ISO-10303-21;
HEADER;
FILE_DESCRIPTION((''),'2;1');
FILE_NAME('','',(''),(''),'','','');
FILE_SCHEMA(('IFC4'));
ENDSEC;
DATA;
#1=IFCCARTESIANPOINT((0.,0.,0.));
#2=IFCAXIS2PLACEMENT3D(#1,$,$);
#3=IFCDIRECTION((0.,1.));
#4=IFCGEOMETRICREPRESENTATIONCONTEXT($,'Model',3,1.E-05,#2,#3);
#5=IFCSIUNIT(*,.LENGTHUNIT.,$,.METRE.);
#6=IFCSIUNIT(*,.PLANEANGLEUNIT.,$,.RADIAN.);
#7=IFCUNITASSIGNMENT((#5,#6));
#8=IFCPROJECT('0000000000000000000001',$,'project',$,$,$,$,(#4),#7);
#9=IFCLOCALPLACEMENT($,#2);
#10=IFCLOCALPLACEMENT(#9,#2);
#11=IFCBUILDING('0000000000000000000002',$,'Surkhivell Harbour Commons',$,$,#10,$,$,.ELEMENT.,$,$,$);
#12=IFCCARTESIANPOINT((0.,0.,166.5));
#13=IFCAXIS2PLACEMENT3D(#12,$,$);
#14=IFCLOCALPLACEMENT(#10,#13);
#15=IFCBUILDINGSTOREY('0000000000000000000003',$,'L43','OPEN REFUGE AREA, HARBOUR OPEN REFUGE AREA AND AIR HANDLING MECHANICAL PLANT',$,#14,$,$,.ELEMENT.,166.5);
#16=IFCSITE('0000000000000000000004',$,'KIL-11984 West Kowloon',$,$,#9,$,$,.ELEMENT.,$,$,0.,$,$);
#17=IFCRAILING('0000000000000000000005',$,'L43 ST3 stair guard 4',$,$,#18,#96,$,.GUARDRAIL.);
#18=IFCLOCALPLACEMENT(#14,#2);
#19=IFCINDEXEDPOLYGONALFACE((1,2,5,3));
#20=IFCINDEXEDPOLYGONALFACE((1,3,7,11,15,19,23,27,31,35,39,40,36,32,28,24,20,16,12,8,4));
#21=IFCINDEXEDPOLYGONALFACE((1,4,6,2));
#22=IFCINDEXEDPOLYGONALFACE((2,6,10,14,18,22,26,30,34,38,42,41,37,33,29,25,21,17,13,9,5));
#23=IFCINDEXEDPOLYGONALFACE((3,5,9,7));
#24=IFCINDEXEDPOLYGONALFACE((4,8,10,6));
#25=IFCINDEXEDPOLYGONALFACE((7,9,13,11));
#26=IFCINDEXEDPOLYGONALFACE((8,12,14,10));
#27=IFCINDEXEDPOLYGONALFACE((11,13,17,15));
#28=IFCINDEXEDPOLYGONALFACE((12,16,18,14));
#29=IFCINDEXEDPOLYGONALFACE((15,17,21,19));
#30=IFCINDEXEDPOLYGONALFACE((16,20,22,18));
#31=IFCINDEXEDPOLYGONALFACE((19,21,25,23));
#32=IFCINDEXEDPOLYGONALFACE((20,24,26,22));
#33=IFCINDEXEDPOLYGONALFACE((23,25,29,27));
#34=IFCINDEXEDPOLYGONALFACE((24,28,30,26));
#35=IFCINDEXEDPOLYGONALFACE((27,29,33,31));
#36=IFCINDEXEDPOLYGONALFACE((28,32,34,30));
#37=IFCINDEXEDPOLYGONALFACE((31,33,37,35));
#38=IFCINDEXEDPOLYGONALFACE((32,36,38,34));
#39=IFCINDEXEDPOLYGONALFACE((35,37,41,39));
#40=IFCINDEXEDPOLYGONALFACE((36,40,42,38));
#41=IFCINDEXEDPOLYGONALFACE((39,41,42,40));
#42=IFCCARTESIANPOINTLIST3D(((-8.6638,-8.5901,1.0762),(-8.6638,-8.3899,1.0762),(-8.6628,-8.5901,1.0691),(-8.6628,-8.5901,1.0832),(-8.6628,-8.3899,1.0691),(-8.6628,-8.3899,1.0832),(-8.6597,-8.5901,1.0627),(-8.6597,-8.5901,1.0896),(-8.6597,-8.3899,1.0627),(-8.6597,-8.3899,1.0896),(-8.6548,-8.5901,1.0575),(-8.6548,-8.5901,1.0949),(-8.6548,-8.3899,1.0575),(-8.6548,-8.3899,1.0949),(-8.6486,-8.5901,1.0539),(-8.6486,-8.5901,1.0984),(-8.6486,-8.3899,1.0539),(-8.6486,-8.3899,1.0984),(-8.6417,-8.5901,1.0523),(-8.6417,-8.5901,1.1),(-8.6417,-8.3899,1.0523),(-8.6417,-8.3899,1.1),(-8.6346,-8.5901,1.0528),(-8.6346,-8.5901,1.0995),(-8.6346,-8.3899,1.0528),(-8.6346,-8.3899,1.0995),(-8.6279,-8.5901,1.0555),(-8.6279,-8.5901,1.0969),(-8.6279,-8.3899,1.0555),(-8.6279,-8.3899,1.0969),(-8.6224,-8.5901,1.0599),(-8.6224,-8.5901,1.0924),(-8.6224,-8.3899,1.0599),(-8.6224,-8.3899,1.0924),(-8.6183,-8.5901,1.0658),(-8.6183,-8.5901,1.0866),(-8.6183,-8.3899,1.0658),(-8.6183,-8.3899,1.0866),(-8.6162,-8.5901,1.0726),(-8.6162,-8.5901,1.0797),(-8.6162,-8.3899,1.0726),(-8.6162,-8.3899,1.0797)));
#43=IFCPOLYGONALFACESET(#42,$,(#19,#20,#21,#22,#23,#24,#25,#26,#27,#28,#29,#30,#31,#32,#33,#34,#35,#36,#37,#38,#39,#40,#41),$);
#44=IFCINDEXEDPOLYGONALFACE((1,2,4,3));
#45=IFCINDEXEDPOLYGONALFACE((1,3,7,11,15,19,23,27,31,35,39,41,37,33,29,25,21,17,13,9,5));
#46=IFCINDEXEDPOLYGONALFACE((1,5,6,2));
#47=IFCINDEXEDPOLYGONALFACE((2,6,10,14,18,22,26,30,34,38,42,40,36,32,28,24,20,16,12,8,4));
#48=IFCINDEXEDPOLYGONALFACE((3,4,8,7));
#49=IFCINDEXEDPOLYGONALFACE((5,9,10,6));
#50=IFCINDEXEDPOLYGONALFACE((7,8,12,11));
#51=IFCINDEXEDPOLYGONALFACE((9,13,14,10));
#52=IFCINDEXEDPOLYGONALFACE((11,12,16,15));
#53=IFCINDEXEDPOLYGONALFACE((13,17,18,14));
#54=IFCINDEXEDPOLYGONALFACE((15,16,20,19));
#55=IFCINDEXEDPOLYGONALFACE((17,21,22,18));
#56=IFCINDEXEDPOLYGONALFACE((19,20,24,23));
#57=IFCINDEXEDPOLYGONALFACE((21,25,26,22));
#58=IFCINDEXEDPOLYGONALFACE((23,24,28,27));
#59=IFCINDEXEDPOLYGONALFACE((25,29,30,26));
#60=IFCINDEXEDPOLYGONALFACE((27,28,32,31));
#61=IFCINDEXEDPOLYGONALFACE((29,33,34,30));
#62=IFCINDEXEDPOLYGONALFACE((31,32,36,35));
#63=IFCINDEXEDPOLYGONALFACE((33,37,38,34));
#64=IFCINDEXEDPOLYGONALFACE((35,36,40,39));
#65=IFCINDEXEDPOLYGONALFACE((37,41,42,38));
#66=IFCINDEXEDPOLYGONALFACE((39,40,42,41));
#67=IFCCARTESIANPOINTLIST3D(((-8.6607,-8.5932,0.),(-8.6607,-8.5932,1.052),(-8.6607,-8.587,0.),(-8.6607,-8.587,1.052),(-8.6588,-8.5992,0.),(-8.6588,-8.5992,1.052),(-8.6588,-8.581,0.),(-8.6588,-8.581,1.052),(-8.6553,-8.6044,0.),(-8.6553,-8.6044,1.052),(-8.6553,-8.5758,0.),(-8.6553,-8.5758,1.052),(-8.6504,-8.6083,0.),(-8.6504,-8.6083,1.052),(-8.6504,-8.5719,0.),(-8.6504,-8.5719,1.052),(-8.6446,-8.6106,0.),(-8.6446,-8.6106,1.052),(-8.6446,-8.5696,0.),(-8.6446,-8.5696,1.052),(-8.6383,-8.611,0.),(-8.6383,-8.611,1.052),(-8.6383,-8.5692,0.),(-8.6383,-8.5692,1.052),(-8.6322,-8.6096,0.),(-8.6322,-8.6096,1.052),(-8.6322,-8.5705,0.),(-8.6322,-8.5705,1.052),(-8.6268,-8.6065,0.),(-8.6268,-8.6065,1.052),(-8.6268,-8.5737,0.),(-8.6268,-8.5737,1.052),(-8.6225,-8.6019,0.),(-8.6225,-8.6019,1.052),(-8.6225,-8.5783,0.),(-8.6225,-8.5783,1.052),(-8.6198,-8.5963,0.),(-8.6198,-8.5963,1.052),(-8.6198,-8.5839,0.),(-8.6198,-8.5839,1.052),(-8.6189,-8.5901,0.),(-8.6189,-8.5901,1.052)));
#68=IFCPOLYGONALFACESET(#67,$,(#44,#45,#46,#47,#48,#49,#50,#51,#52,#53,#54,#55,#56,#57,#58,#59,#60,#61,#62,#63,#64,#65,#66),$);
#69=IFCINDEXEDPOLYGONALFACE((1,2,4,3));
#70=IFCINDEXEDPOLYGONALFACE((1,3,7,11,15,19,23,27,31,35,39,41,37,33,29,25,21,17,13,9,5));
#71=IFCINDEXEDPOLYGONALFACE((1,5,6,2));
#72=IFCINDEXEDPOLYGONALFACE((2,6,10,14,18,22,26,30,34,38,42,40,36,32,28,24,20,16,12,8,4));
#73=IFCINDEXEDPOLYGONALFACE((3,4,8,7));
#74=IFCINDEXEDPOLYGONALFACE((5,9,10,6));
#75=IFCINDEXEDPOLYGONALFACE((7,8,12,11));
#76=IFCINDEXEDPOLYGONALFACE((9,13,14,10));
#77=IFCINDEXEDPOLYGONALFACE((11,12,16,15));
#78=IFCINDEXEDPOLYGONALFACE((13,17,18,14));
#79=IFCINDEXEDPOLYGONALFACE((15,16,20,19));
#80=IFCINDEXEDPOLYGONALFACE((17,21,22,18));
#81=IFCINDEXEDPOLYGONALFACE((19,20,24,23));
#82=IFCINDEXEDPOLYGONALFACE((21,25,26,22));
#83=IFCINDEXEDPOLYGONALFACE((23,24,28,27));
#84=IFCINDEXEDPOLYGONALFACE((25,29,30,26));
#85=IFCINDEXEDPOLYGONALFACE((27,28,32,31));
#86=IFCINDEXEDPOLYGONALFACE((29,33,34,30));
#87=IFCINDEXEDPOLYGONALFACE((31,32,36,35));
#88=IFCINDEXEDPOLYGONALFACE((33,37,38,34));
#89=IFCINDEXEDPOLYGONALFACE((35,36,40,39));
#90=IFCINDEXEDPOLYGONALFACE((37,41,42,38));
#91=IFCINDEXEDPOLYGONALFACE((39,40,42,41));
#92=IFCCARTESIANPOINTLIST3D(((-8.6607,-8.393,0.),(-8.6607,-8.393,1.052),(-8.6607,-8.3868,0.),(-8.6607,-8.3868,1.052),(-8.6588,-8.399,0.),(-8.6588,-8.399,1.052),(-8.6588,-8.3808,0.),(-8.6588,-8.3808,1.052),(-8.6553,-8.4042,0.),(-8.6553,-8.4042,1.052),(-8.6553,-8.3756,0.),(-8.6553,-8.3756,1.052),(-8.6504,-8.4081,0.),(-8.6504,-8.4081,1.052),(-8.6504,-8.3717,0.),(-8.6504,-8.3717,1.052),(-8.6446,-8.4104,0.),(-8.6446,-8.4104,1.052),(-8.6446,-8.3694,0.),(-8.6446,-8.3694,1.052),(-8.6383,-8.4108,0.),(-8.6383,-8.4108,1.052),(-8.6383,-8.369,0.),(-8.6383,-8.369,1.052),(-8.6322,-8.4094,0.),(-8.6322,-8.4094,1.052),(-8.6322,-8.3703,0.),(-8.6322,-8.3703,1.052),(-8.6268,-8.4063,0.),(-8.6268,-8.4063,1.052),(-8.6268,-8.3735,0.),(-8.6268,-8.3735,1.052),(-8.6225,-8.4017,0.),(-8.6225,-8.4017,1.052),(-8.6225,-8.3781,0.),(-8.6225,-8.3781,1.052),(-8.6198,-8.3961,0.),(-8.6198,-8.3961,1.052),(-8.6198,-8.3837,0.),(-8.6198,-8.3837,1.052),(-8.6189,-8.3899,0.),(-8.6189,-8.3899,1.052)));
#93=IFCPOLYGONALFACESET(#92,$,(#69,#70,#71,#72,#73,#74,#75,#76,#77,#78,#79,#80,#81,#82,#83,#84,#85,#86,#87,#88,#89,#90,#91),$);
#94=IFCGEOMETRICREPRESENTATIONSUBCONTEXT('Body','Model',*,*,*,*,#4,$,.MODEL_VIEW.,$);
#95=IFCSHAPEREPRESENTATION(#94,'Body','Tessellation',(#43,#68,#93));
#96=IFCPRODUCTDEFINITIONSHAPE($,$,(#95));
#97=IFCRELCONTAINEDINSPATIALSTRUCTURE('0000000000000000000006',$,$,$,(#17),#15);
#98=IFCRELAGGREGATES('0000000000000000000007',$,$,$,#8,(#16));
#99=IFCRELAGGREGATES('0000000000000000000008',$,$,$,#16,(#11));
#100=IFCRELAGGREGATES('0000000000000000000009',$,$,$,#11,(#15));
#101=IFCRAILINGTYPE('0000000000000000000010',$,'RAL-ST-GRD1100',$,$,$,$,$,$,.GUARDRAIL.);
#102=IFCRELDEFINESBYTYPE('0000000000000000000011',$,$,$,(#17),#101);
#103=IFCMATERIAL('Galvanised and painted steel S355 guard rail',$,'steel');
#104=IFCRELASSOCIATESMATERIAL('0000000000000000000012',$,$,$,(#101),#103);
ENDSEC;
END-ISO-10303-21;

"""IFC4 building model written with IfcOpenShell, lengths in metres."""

from ifc_helpers import new_model, si_unit, direction, frame, origin, origin_2d, place, context, subcontext, project, spatial, circle, extrude, material, type_object, element, save


model = new_model("IFC4")

# Units and contexts
model_context = context("Model", 3, precision=1e-05, world=origin(), true_north=direction((0.0, 1.0)))
body_context = subcontext(model_context, "Body", "Model", "MODEL_VIEW")
ifc_project = project(units=[si_unit("LENGTHUNIT", "METRE"), si_unit("PLANEANGLEUNIT", "RADIAN")], contexts=[model_context])

# Site, building, storey
site_placement = place(None, origin())
site = spatial("IfcSite", under=ifc_project, at=site_placement, Name="KIL-11984 West Kowloon", CompositionType="ELEMENT", RefElevation=0.0)
building_placement = place(site_placement, origin())
building = spatial("IfcBuilding", under=site, at=building_placement, Name="Surkhivell Harbour Commons", CompositionType="ELEMENT")
storey_placement = place(building_placement, frame((0.0, 0.0, 166.5)))
storey = spatial("IfcBuildingStorey", under=building, at=storey_placement, Name="L43", Description="OPEN REFUGE AREA, HARBOUR OPEN REFUGE AREA AND AIR HANDLING MECHANICAL PLANT", CompositionType="ELEMENT", Elevation=166.5)

# Railing
ifc_material_1 = material(Name="Galvanised and painted steel S355 guard rail", Category="steel")
railing_type_1 = type_object("IfcRailingType", Name="RAL-ST-GRD1100", PredefinedType="GUARDRAIL", material=ifc_material_1)
railing_1_placement = place(storey_placement, frame((-8.6399, -8.5901, 0.0)))
element("IfcRailing", 1, at=railing_1_placement, inside=storey, type_object=railing_type_1, Name="L43 ST3 stair guard 4", PredefinedType="GUARDRAIL", context=body_context, shape_type="SweptSolid", body=[
    extrude(circle(Radius=0.0239, at=origin_2d()), frame((0.0, 0.0, 1.0762), z_axis=(0.0, 1.0, 0.0), x_axis=(-1.0, 0.0, 0.0)), (0.0, 0.0, 1.0), 0.2002),
    extrude(circle(Radius=0.021, at=origin_2d()), origin(), (0.0, 0.0, 1.0), 1.052),
    extrude(circle(Radius=0.021, at=origin_2d()), frame((0.0, 0.2002, 0.0)), (0.0, 0.0, 1.0), 1.052),
])

save(model, "model.ifc")
